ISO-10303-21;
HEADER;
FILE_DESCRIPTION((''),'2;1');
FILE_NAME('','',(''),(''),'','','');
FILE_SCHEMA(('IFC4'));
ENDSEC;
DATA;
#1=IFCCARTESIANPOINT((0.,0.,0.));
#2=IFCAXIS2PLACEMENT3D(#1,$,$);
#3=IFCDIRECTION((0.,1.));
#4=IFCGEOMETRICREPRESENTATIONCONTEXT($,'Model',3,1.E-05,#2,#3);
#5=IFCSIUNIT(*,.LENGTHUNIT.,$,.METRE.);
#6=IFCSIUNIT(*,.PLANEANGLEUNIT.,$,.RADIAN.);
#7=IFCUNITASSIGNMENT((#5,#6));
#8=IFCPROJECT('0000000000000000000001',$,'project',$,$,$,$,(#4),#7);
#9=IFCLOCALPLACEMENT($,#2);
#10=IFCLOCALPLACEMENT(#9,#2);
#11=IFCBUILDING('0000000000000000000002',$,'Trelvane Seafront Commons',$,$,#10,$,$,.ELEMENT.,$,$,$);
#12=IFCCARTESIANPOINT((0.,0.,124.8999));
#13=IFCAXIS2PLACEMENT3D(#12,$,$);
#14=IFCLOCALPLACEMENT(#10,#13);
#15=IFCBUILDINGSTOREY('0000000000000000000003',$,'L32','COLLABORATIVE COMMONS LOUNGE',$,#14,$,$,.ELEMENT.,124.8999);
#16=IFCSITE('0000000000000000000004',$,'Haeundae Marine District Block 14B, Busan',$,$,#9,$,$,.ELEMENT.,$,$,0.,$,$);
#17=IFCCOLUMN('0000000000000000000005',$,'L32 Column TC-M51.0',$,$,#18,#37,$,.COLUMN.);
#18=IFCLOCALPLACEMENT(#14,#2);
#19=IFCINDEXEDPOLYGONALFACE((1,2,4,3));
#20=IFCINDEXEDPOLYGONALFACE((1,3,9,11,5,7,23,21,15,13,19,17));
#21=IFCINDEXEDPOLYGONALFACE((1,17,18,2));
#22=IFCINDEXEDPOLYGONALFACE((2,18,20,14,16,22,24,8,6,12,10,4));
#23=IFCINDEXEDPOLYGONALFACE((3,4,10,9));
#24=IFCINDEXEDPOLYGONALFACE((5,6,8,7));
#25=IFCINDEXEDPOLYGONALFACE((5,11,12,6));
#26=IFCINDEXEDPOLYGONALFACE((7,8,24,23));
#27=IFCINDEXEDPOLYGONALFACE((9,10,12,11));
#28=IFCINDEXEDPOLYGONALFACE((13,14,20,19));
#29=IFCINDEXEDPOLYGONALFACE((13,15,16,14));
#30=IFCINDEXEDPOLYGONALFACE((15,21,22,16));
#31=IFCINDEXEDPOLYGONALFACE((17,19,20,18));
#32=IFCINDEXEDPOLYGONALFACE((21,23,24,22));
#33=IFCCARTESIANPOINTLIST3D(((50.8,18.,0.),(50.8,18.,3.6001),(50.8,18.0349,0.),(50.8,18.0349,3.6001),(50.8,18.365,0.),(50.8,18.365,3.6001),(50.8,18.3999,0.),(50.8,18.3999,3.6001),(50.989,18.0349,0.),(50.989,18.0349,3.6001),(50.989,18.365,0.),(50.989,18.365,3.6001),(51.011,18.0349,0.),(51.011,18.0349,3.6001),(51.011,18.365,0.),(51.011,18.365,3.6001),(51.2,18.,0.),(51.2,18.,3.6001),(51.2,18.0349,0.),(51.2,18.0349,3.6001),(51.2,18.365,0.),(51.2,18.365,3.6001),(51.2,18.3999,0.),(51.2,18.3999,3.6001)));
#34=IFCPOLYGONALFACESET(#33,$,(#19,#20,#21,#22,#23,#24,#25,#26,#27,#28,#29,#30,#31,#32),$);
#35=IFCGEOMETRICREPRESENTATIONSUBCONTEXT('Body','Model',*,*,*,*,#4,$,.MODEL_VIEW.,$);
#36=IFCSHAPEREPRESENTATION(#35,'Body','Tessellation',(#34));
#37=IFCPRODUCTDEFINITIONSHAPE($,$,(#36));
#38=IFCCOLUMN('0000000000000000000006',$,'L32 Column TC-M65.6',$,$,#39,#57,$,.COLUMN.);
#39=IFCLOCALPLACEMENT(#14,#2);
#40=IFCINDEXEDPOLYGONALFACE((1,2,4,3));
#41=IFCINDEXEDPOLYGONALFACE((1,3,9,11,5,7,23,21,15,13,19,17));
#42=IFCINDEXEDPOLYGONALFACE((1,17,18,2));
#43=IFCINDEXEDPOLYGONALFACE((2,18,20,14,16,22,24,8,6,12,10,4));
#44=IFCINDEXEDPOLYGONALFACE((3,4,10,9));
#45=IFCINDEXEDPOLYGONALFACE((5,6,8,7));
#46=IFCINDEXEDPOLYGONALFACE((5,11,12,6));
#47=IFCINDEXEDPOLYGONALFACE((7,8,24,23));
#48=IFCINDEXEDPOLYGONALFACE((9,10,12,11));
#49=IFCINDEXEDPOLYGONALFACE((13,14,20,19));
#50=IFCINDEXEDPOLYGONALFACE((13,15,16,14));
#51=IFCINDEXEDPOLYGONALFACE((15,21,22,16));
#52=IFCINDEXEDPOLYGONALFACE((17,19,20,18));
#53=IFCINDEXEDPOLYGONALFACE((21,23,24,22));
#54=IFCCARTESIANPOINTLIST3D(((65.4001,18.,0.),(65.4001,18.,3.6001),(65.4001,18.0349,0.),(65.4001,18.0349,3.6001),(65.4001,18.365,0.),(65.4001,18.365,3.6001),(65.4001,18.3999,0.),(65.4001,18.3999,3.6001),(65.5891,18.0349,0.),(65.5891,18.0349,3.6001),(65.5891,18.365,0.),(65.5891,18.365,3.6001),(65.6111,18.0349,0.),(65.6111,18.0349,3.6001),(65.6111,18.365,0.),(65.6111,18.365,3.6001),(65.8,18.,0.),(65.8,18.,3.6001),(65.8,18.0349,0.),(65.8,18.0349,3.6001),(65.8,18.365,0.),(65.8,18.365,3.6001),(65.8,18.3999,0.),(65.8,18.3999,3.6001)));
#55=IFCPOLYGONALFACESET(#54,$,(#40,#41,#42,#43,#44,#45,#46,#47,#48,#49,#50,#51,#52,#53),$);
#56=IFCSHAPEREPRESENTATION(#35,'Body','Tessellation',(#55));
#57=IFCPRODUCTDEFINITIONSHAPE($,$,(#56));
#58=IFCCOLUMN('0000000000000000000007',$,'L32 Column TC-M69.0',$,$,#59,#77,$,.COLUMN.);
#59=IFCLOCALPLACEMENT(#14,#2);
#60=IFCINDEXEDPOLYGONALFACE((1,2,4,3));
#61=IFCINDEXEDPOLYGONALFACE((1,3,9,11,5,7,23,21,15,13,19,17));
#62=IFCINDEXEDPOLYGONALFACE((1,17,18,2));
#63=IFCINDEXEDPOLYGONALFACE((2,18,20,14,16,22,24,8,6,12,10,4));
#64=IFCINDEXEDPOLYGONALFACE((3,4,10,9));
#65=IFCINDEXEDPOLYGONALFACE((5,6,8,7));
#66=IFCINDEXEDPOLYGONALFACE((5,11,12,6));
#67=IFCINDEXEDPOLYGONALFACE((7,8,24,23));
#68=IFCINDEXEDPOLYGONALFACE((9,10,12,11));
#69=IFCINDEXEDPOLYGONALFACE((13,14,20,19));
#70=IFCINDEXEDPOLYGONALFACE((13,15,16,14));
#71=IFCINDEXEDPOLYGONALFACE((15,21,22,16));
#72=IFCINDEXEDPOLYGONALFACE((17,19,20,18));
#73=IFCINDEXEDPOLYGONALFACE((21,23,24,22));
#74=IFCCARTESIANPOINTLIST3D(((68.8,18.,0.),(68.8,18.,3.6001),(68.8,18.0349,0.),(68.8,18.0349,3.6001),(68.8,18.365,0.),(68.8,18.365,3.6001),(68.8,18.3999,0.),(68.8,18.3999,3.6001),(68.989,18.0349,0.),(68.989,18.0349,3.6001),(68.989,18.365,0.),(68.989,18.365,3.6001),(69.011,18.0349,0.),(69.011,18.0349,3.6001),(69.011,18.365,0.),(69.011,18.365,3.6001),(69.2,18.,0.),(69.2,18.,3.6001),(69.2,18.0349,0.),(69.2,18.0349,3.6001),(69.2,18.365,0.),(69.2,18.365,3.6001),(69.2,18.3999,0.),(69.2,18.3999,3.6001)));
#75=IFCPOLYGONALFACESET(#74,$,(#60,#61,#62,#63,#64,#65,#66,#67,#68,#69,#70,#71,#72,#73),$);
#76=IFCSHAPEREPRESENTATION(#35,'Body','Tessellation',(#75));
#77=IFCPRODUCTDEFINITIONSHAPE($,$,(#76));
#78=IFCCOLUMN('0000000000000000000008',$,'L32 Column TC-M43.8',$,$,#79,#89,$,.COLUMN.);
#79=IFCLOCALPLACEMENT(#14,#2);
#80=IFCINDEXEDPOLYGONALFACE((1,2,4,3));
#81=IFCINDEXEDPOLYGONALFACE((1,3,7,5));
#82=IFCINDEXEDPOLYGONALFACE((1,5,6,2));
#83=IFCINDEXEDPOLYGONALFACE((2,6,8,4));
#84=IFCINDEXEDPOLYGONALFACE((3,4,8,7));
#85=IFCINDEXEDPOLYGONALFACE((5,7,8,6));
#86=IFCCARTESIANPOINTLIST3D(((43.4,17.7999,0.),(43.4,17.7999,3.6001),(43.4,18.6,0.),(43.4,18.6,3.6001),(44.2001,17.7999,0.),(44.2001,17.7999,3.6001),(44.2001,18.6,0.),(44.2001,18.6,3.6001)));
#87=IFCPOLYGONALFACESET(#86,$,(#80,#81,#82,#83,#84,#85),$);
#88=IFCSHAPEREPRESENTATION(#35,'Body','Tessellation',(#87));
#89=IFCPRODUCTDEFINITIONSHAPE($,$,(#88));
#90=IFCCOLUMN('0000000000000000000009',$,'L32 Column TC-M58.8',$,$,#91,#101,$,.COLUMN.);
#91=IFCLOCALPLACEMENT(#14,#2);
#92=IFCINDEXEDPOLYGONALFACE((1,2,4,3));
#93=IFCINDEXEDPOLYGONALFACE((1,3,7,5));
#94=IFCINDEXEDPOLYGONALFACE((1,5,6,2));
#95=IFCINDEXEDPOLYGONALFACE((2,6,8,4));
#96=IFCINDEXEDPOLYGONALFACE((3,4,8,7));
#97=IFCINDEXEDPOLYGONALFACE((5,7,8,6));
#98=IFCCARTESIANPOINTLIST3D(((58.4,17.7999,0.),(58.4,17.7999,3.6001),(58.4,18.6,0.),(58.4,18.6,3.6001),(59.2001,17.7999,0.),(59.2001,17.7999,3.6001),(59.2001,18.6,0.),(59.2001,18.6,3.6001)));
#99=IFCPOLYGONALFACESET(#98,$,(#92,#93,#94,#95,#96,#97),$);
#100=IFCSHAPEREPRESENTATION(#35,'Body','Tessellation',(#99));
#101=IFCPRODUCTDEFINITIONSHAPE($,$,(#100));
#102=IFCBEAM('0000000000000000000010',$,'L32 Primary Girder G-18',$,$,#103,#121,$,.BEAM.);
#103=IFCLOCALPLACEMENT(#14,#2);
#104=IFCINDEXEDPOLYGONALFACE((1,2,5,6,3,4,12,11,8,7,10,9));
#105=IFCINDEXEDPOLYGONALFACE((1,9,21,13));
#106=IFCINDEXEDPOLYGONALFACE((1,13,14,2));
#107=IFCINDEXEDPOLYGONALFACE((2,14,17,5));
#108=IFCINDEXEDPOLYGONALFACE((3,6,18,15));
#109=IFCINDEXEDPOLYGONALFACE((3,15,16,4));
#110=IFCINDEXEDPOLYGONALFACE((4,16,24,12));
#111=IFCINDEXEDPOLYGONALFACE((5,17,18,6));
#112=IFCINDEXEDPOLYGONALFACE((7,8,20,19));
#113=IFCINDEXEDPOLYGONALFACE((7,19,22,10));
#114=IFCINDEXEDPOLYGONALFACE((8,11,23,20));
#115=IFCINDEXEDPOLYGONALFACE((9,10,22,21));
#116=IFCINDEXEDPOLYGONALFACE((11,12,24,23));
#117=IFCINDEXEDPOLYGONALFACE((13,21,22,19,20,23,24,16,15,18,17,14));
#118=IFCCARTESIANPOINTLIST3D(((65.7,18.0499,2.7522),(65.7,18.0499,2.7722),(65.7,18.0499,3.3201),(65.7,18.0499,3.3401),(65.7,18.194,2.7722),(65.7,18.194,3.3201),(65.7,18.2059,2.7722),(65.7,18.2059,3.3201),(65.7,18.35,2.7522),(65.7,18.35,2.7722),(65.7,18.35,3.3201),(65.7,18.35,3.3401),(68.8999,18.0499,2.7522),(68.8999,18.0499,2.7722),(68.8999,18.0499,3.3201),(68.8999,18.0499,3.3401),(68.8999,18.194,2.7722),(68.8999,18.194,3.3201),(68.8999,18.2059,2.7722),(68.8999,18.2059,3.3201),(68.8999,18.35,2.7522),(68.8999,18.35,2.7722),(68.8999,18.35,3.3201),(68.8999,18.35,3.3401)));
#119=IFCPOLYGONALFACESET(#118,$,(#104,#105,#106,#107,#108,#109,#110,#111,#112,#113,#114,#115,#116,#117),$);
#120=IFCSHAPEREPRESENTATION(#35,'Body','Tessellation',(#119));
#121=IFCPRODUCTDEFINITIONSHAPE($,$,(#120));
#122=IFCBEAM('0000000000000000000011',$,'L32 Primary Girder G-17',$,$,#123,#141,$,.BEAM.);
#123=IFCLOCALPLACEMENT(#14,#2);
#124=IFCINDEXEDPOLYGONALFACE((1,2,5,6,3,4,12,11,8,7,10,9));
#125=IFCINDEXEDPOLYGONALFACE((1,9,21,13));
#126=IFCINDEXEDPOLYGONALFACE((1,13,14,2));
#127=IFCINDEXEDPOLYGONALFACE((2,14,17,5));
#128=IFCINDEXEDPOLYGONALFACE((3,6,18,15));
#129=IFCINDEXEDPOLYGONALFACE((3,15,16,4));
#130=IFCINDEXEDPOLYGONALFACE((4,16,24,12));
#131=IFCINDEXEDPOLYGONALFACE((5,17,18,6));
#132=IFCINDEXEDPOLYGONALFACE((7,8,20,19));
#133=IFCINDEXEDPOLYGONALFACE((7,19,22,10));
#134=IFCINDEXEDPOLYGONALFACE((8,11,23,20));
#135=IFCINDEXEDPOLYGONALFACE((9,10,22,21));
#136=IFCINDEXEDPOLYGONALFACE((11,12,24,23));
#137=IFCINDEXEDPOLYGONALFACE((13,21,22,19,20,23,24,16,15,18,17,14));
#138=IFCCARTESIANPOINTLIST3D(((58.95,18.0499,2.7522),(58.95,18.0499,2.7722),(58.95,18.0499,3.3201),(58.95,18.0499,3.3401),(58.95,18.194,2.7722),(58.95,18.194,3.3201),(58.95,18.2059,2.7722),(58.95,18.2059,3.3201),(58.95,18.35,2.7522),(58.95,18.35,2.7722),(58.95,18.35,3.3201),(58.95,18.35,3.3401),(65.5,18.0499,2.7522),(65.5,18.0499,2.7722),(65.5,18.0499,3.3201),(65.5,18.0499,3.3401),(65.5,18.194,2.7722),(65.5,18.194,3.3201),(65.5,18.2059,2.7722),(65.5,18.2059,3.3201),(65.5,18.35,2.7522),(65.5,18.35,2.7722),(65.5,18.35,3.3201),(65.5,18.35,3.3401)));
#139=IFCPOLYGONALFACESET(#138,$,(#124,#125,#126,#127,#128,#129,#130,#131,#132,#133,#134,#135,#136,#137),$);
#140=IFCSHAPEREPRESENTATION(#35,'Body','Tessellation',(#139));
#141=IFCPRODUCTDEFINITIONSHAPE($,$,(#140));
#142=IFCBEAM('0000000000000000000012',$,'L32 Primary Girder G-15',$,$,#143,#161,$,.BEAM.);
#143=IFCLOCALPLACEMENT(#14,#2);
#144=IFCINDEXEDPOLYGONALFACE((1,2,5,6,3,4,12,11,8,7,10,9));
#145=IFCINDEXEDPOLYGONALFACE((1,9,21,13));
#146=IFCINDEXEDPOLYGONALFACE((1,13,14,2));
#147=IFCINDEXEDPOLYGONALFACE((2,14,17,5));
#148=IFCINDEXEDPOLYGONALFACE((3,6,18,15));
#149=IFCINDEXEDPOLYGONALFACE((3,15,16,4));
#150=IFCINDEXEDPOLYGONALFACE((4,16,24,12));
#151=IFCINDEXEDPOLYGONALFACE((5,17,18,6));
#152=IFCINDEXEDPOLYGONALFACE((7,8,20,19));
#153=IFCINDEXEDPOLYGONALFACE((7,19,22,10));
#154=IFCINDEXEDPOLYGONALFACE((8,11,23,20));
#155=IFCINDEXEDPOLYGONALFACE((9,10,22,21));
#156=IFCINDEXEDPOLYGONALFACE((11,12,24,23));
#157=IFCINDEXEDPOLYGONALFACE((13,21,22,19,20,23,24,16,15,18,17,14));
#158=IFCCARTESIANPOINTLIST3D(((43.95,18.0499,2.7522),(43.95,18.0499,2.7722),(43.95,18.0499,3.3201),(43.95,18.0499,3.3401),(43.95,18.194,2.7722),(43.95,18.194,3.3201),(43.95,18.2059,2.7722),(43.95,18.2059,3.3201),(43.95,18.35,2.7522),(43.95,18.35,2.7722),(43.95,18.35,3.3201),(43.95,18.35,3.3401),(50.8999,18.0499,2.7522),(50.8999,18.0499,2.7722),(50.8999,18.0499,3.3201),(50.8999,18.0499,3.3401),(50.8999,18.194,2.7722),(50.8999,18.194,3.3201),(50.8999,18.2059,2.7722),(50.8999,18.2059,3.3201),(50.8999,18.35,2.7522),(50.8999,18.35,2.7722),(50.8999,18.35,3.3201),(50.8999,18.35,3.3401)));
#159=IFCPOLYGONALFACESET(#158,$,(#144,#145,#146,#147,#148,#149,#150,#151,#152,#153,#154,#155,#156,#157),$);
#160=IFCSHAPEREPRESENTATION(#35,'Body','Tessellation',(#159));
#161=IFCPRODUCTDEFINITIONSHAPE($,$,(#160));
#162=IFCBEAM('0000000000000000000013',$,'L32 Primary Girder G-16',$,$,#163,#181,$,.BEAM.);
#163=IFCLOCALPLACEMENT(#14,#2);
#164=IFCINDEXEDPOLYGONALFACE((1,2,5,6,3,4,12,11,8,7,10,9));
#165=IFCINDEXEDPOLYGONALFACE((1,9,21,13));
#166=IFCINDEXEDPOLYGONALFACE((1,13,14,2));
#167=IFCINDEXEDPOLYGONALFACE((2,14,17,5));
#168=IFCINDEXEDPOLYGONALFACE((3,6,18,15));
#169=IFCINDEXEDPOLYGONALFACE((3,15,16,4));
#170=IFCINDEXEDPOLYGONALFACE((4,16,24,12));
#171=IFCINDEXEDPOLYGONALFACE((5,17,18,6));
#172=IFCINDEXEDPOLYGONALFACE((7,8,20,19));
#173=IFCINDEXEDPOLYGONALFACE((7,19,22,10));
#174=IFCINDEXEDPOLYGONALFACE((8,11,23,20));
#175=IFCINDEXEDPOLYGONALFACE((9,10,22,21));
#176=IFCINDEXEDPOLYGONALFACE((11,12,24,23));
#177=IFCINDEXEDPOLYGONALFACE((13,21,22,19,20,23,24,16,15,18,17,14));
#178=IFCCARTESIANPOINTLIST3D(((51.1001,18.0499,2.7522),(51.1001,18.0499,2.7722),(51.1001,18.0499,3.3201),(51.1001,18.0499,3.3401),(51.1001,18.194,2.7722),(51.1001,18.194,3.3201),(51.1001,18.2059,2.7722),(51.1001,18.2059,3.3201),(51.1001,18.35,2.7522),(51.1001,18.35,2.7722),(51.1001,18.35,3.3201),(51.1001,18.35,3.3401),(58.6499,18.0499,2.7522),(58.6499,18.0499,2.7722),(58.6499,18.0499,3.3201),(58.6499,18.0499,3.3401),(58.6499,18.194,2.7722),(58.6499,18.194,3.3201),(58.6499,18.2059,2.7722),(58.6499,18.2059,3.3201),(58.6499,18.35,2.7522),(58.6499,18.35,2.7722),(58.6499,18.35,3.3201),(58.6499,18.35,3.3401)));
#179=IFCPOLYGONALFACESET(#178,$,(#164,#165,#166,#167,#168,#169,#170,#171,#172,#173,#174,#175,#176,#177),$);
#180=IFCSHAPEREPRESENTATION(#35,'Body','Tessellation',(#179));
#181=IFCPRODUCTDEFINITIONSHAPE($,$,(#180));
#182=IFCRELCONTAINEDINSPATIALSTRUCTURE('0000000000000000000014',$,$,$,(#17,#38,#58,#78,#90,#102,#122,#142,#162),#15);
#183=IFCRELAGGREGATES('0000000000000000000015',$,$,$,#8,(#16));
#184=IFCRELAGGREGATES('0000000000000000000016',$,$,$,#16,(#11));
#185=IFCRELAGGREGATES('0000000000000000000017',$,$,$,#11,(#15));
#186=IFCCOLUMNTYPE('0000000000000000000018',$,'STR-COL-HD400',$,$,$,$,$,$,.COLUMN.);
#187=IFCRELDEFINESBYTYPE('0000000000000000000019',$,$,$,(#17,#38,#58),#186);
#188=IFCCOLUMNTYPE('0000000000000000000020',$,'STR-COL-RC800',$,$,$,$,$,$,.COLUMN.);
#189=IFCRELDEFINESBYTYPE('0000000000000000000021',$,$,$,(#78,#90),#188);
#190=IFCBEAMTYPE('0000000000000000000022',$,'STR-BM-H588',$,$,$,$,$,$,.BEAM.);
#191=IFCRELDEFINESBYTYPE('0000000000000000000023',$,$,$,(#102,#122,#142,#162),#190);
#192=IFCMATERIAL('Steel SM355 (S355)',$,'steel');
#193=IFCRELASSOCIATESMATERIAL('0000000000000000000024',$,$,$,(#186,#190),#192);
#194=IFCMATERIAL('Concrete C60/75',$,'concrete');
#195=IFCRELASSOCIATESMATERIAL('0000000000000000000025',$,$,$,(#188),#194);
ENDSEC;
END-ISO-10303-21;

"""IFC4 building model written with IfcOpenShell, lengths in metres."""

from ifc_helpers import new_model, si_unit, direction, frame, origin, origin_2d, place, context, subcontext, project, spatial, rectangle, i_section, extrude, source, transform, mapped, material, material_profile, profile_set, type_object, element, save


model = new_model("IFC4")

# Units and contexts
model_context = context("Model", 3, precision=1e-05, world=origin(), true_north=direction((0.0, 1.0)))
body_context = subcontext(model_context, "Body", "Model", "MODEL_VIEW")
ifc_project = project(units=[si_unit("LENGTHUNIT", "METRE"), si_unit("PLANEANGLEUNIT", "RADIAN")], contexts=[model_context])

# Site, building, storey
site_placement = place(None, origin())
site = spatial("IfcSite", under=ifc_project, at=site_placement, Name="Haeundae Marine District Block 14B, Busan", CompositionType="ELEMENT", RefElevation=0.0)
building_placement = place(site_placement, origin())
building = spatial("IfcBuilding", under=site, at=building_placement, Name="Trelvane Seafront Commons", CompositionType="ELEMENT")
storey_placement = place(building_placement, frame((0.0, 0.0, 124.8999)))
storey = spatial("IfcBuildingStorey", under=building, at=storey_placement, Name="L32", Description="COLLABORATIVE COMMONS LOUNGE", CompositionType="ELEMENT", Elevation=124.8999)

# Columns
ifc_material_1 = material(Name="Steel SM355 (S355)", Category="steel")
ifc_material_profile_1 = material_profile(ifc_material_1, i_section(OverallWidth=0.3999, OverallDepth=0.3999, WebThickness=0.022, FlangeThickness=0.0349, at=origin_2d()), Name="HD-400x400x22x35")
ifc_profile_set_1 = profile_set([ifc_material_profile_1], Name="Steel SM355 (S355)")
column_type_1 = type_object("IfcColumnType", Name="STR-COL-HD400", PredefinedType="COLUMN", material=ifc_profile_set_1)
shared_shape_1 = source(origin(), body_context, "Body", "SweptSolid", [
    extrude(i_section(OverallWidth=0.3999, OverallDepth=0.3999, WebThickness=0.022, FlangeThickness=0.0349, at=origin_2d()), origin(), (0.0, 0.0, 1.0), 3.6001),
])
for number, where, z_axis, x_axis, name in (
    (1, (51.0, 18.2, 0.0), (0.0, 0.0, 1.0), (1.0, 0.0, 0.0), "L32 Column TC-M51.0"),
    (2, (65.6001, 18.2, 0.0), (0.0, 0.0, 1.0), (1.0, 0.0, 0.0), "L32 Column TC-M65.6"),
    (3, (69.0, 18.2, 0.0), (0.0, 0.0, 1.0), (1.0, 0.0, 0.0), "L32 Column TC-M69.0"),
):
    element("IfcColumn", number, at=place(storey_placement, frame(where, z_axis=z_axis, x_axis=x_axis)), inside=storey, type_object=column_type_1, Name=name, PredefinedType="COLUMN", context=body_context, shape_type="MappedRepresentation", body=[
        mapped(shared_shape_1, transform((0.0, 0.0, 0.0), x_axis=(1.0, 0.0, 0.0), y_axis=(0.0, 1.0, 0.0), z_axis=(0.0, 0.0, 1.0), scale=1.0)),
    ])
ifc_material_2 = material(Name="Concrete C60/75", Category="concrete")
ifc_material_profile_2 = material_profile(ifc_material_2, rectangle(XDim=0.8, YDim=0.8, at=origin_2d()), Name="RC-800x800")
ifc_profile_set_2 = profile_set([ifc_material_profile_2], Name="Concrete C60/75")
column_type_2 = type_object("IfcColumnType", Name="STR-COL-RC800", PredefinedType="COLUMN", material=ifc_profile_set_2)
shared_shape_2 = source(origin(), body_context, "Body", "SweptSolid", [
    extrude(rectangle(XDim=0.8, YDim=0.8, at=origin_2d()), origin(), (0.0, 0.0, 1.0), 3.6001),
])
for number, where, z_axis, x_axis, name in (
    (4, (43.8, 18.2, 0.0), (0.0, 0.0, 1.0), (1.0, 0.0, 0.0), "L32 Column TC-M43.8"),
    (5, (58.8, 18.2, 0.0), (0.0, 0.0, 1.0), (1.0, 0.0, 0.0), "L32 Column TC-M58.8"),
):
    element("IfcColumn", number, at=place(storey_placement, frame(where, z_axis=z_axis, x_axis=x_axis)), inside=storey, type_object=column_type_2, Name=name, PredefinedType="COLUMN", context=body_context, shape_type="MappedRepresentation", body=[
        mapped(shared_shape_2, transform((0.0, 0.0, 0.0), x_axis=(1.0, 0.0, 0.0), y_axis=(0.0, 1.0, 0.0), z_axis=(0.0, 0.0, 1.0), scale=1.0)),
    ])

# Beams
ifc_material_profile_3 = material_profile(ifc_material_1, i_section(OverallWidth=0.3, OverallDepth=0.5879, WebThickness=0.012, FlangeThickness=0.02, at=origin_2d()), Name="H-588x300x12x20")
ifc_profile_set_3 = profile_set([ifc_material_profile_3], Name="Steel SM355 (S355)")
beam_type_1 = type_object("IfcBeamType", Name="STR-BM-H588", PredefinedType="BEAM", material=ifc_profile_set_3)
shared_shape_3 = source(origin(), body_context, "Body", "SweptSolid", [
    extrude(i_section(OverallWidth=0.3, OverallDepth=0.5879, WebThickness=0.012, FlangeThickness=0.02, at=origin_2d()), origin(), (0.0, 0.0, 1.0), 3.2),
])
beam_1_placement = place(storey_placement, frame((65.7, 18.2, 3.0461), z_axis=(1.0, 0.0, 0.0), x_axis=(0.0, 1.0, 0.0)))
element("IfcBeam", 6, at=beam_1_placement, inside=storey, type_object=beam_type_1, Name="L32 Primary Girder G-18", PredefinedType="BEAM", context=body_context, shape_type="MappedRepresentation", body=[
    mapped(shared_shape_3, transform((0.0, 0.0, 0.0), x_axis=(1.0, 0.0, 0.0), y_axis=(0.0, 1.0, 0.0), z_axis=(0.0, 0.0, 1.0), scale=1.0)),
])
shared_shape_4 = source(origin(), body_context, "Body", "SweptSolid", [
    extrude(i_section(OverallWidth=0.3, OverallDepth=0.5879, WebThickness=0.012, FlangeThickness=0.02, at=origin_2d()), origin(), (0.0, 0.0, 1.0), 6.55),
])
beam_2_placement = place(storey_placement, frame((58.95, 18.2, 3.0461), z_axis=(1.0, 0.0, 0.0), x_axis=(0.0, 1.0, 0.0)))
element("IfcBeam", 7, at=beam_2_placement, inside=storey, type_object=beam_type_1, Name="L32 Primary Girder G-17", PredefinedType="BEAM", context=body_context, shape_type="MappedRepresentation", body=[
    mapped(shared_shape_4, transform((0.0, 0.0, 0.0), x_axis=(1.0, 0.0, 0.0), y_axis=(0.0, 1.0, 0.0), z_axis=(0.0, 0.0, 1.0), scale=1.0)),
])
shared_shape_5 = source(origin(), body_context, "Body", "SweptSolid", [
    extrude(i_section(OverallWidth=0.3, OverallDepth=0.5879, WebThickness=0.012, FlangeThickness=0.02, at=origin_2d()), origin(), (0.0, 0.0, 1.0), 6.95),
])
beam_3_placement = place(storey_placement, frame((43.95, 18.2, 3.0461), z_axis=(1.0, 0.0, 0.0), x_axis=(0.0, 1.0, 0.0)))
element("IfcBeam", 8, at=beam_3_placement, inside=storey, type_object=beam_type_1, Name="L32 Primary Girder G-15", PredefinedType="BEAM", context=body_context, shape_type="MappedRepresentation", body=[
    mapped(shared_shape_5, transform((0.0, 0.0, 0.0), x_axis=(1.0, 0.0, 0.0), y_axis=(0.0, 1.0, 0.0), z_axis=(0.0, 0.0, 1.0), scale=1.0)),
])
shared_shape_6 = source(origin(), body_context, "Body", "SweptSolid", [
    extrude(i_section(OverallWidth=0.3, OverallDepth=0.5879, WebThickness=0.012, FlangeThickness=0.02, at=origin_2d()), origin(), (0.0, 0.0, 1.0), 7.5498),
])
beam_4_placement = place(storey_placement, frame((51.1001, 18.2, 3.0461), z_axis=(1.0, 0.0, 0.0), x_axis=(0.0, 1.0, 0.0)))
element("IfcBeam", 9, at=beam_4_placement, inside=storey, type_object=beam_type_1, Name="L32 Primary Girder G-16", PredefinedType="BEAM", context=body_context, shape_type="MappedRepresentation", body=[
    mapped(shared_shape_6, transform((0.0, 0.0, 0.0), x_axis=(1.0, 0.0, 0.0), y_axis=(0.0, 1.0, 0.0), z_axis=(0.0, 0.0, 1.0), scale=1.0)),
])

save(model, "model.ifc")
